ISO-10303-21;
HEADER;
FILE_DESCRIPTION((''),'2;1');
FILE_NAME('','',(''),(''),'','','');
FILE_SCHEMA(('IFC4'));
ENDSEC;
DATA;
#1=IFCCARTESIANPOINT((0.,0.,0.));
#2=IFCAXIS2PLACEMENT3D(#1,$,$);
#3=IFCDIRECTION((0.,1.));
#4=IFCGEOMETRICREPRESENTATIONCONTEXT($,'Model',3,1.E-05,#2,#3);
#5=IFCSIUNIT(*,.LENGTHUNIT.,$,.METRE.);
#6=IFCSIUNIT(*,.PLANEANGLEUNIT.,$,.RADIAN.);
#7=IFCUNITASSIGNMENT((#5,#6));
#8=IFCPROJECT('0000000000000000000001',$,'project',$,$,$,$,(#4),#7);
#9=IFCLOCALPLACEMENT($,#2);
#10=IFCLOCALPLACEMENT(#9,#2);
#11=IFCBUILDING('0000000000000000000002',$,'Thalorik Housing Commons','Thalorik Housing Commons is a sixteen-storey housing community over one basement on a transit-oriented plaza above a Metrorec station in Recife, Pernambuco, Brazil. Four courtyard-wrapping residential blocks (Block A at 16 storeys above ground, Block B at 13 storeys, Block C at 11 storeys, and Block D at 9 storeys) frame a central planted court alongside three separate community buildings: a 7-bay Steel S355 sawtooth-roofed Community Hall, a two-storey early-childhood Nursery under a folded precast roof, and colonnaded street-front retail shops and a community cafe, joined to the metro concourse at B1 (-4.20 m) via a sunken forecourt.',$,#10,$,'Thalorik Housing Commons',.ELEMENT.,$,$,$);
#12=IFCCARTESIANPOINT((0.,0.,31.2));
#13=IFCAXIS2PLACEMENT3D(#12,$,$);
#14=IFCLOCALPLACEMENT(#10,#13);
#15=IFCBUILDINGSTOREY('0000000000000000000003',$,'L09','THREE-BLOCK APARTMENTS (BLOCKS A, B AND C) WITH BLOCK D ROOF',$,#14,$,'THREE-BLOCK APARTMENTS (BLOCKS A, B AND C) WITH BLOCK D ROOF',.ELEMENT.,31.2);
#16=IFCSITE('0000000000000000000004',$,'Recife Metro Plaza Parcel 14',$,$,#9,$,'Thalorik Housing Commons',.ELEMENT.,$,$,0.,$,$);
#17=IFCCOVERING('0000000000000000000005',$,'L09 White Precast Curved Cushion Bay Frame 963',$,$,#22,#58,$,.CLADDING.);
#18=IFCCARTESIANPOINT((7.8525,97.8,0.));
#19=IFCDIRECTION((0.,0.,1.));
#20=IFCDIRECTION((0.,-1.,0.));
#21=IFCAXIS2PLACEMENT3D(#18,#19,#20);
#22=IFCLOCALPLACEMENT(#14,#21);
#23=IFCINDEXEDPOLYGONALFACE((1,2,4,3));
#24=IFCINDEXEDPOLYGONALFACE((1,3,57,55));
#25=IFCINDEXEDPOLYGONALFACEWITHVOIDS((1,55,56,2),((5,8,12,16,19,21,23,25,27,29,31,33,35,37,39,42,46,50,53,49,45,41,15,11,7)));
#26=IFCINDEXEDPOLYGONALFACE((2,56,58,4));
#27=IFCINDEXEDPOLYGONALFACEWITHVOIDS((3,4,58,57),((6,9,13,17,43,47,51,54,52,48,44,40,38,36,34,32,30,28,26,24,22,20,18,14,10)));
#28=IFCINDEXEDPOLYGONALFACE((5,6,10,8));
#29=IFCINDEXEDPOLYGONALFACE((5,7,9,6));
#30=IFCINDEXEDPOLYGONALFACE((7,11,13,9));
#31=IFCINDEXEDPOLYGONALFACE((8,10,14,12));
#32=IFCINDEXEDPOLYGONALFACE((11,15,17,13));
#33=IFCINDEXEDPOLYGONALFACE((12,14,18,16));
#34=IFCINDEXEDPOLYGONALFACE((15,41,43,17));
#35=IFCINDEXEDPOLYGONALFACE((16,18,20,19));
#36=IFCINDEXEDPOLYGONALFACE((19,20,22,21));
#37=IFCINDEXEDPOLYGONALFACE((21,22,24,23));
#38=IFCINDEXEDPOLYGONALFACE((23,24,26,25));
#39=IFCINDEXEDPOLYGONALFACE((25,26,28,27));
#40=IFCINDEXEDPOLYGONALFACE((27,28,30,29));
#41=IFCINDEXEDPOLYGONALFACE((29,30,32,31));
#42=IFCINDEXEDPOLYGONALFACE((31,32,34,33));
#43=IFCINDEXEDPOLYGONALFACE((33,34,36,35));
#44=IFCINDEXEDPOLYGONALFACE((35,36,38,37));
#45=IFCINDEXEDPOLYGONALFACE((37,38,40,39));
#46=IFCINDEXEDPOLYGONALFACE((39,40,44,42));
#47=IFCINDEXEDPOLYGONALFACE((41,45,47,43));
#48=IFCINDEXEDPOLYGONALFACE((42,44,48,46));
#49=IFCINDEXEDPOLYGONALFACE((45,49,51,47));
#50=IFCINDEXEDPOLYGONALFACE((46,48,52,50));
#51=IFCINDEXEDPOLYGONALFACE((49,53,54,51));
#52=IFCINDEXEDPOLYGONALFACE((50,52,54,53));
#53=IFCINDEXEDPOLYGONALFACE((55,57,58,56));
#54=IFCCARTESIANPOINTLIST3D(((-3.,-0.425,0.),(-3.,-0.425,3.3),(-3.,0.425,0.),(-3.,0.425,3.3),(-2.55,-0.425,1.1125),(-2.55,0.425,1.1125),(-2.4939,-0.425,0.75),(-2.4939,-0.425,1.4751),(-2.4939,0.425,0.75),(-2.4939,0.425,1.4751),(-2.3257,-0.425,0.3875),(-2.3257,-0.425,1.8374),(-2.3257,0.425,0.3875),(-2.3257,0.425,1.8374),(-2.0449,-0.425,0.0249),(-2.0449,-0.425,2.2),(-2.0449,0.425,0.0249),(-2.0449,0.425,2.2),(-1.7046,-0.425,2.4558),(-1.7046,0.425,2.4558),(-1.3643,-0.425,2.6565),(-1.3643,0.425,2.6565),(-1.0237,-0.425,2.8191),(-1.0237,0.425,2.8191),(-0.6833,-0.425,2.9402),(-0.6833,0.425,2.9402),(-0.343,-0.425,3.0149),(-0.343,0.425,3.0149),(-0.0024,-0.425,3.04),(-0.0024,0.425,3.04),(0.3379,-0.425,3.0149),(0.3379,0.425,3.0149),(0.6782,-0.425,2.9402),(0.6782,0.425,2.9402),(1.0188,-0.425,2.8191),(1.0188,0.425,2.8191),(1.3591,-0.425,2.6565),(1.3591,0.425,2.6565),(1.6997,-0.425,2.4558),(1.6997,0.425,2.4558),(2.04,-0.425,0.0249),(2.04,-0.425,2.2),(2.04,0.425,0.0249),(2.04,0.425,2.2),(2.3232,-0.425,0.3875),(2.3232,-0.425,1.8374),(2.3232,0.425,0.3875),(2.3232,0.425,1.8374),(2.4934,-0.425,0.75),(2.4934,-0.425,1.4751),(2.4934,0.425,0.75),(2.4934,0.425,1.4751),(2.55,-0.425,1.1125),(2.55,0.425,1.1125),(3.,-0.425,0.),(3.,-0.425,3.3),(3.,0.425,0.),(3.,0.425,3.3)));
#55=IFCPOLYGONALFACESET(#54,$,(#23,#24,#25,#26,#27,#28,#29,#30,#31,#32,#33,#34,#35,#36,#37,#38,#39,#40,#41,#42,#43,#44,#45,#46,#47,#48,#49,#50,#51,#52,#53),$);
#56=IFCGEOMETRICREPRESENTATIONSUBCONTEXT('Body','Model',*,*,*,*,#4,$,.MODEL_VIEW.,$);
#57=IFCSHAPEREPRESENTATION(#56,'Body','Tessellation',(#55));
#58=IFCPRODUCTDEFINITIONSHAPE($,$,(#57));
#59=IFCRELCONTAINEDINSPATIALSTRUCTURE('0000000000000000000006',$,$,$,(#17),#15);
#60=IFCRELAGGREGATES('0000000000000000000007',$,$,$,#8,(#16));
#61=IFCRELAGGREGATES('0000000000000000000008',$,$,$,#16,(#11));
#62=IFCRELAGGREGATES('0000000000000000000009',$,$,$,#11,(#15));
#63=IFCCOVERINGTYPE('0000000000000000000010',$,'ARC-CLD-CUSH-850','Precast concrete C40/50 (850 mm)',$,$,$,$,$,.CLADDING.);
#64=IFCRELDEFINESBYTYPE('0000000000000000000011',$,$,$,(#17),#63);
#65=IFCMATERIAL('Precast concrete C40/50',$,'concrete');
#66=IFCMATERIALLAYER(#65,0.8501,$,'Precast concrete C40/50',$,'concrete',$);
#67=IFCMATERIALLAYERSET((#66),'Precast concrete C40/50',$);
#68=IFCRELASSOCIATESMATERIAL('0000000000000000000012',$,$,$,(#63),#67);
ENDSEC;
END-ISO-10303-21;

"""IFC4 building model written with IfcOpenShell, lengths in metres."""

from ifc_helpers import new_model, si_unit, direction, frame, origin, place, context, subcontext, project, spatial, polyline, outline, extrude, material, layer, layer_set, type_object, element, save


model = new_model("IFC4")

# Units and contexts
model_context = context("Model", 3, precision=1e-05, world=origin(), true_north=direction((0.0, 1.0)))
body_context = subcontext(model_context, "Body", "Model", "MODEL_VIEW")
ifc_project = project(units=[si_unit("LENGTHUNIT", "METRE"), si_unit("PLANEANGLEUNIT", "RADIAN")], contexts=[model_context])

# Site, building, storey
site_placement = place(None, origin())
site = spatial("IfcSite", under=ifc_project, at=site_placement, Name="Recife Metro Plaza Parcel 14", LongName="Thalorik Housing Commons", CompositionType="ELEMENT", RefElevation=0.0)
building_placement = place(site_placement, origin())
building = spatial("IfcBuilding", under=site, at=building_placement, Name="Thalorik Housing Commons", Description="Thalorik Housing Commons is a sixteen-storey housing community over one basement on a transit-oriented plaza above a Metrorec station in Recife, Pernambuco, Brazil. Four courtyard-wrapping residential blocks (Block A at 16 storeys above ground, Block B at 13 storeys, Block C at 11 storeys, and Block D at 9 storeys) frame a central planted court alongside three separate community buildings: a 7-bay Steel S355 sawtooth-roofed Community Hall, a two-storey early-childhood Nursery under a folded precast roof, and colonnaded street-front retail shops and a community cafe, joined to the metro concourse at B1 (-4.20 m) via a sunken forecourt.", LongName="Thalorik Housing Commons", CompositionType="ELEMENT")
storey_placement = place(building_placement, frame((0.0, 0.0, 31.2)))
storey = spatial("IfcBuildingStorey", under=building, at=storey_placement, Name="L09", Description="THREE-BLOCK APARTMENTS (BLOCKS A, B AND C) WITH BLOCK D ROOF", LongName="THREE-BLOCK APARTMENTS (BLOCKS A, B AND C) WITH BLOCK D ROOF", CompositionType="ELEMENT", Elevation=31.2)

# Shared definitions
ifc_material_1 = material(Name="Precast concrete C40/50", Category="concrete")

# Covering
ifc_layer_1 = layer(ifc_material_1, 0.8501, Name="Precast concrete C40/50", Category="concrete")
ifc_layer_set_1 = layer_set([ifc_layer_1], Name="Precast concrete C40/50")
covering_type_1 = type_object("IfcCoveringType", Name="ARC-CLD-CUSH-850", Description="Precast concrete C40/50 (850 mm)", PredefinedType="CLADDING", material=ifc_layer_set_1)
covering_1_placement = place(storey_placement, frame((7.8525, 97.8, 0.0), z_axis=(0.0, 0.0, 1.0), x_axis=(0.0, -1.0, 0.0)))
element("IfcCovering", 1, at=covering_1_placement, inside=storey, type_object=covering_type_1, Name="L09 White Precast Curved Cushion Bay Frame 963", PredefinedType="CLADDING", context=body_context, shape_type="SweptSolid", body=[
    extrude(outline(polyline([(-3.0, 0.0), (3.0, 0.0), (3.0, 3.3), (-3.0, 3.3), (-3.0, 0.0)]), holes=[polyline([(2.04, 0.0249), (2.3232, 0.3875), (2.4934, 0.75), (2.55, 1.1125), (2.4934, 1.4751), (2.3232, 1.8374), (2.04, 2.2), (1.6997, 2.4558), (1.3591, 2.6565), (1.0188, 2.8191), (0.6782, 2.9402), (0.3379, 3.0149), (-0.0024, 3.04), (-0.343, 3.0149), (-0.6833, 2.9402), (-1.0237, 2.8191), (-1.3643, 2.6565), (-1.7046, 2.4558), (-2.0449, 2.2), (-2.3257, 1.8374), (-2.4939, 1.4751), (-2.55, 1.1125), (-2.4939, 0.75), (-2.3257, 0.3875), (-2.0449, 0.0249), (2.04, 0.0249)])]), frame((0.0, 0.425, 0.0), z_axis=(0.0, -1.0, 0.0), x_axis=(1.0, 0.0, 0.0)), (0.0, 0.0, 1.0), 0.8501),
])

save(model, "model.ifc")
